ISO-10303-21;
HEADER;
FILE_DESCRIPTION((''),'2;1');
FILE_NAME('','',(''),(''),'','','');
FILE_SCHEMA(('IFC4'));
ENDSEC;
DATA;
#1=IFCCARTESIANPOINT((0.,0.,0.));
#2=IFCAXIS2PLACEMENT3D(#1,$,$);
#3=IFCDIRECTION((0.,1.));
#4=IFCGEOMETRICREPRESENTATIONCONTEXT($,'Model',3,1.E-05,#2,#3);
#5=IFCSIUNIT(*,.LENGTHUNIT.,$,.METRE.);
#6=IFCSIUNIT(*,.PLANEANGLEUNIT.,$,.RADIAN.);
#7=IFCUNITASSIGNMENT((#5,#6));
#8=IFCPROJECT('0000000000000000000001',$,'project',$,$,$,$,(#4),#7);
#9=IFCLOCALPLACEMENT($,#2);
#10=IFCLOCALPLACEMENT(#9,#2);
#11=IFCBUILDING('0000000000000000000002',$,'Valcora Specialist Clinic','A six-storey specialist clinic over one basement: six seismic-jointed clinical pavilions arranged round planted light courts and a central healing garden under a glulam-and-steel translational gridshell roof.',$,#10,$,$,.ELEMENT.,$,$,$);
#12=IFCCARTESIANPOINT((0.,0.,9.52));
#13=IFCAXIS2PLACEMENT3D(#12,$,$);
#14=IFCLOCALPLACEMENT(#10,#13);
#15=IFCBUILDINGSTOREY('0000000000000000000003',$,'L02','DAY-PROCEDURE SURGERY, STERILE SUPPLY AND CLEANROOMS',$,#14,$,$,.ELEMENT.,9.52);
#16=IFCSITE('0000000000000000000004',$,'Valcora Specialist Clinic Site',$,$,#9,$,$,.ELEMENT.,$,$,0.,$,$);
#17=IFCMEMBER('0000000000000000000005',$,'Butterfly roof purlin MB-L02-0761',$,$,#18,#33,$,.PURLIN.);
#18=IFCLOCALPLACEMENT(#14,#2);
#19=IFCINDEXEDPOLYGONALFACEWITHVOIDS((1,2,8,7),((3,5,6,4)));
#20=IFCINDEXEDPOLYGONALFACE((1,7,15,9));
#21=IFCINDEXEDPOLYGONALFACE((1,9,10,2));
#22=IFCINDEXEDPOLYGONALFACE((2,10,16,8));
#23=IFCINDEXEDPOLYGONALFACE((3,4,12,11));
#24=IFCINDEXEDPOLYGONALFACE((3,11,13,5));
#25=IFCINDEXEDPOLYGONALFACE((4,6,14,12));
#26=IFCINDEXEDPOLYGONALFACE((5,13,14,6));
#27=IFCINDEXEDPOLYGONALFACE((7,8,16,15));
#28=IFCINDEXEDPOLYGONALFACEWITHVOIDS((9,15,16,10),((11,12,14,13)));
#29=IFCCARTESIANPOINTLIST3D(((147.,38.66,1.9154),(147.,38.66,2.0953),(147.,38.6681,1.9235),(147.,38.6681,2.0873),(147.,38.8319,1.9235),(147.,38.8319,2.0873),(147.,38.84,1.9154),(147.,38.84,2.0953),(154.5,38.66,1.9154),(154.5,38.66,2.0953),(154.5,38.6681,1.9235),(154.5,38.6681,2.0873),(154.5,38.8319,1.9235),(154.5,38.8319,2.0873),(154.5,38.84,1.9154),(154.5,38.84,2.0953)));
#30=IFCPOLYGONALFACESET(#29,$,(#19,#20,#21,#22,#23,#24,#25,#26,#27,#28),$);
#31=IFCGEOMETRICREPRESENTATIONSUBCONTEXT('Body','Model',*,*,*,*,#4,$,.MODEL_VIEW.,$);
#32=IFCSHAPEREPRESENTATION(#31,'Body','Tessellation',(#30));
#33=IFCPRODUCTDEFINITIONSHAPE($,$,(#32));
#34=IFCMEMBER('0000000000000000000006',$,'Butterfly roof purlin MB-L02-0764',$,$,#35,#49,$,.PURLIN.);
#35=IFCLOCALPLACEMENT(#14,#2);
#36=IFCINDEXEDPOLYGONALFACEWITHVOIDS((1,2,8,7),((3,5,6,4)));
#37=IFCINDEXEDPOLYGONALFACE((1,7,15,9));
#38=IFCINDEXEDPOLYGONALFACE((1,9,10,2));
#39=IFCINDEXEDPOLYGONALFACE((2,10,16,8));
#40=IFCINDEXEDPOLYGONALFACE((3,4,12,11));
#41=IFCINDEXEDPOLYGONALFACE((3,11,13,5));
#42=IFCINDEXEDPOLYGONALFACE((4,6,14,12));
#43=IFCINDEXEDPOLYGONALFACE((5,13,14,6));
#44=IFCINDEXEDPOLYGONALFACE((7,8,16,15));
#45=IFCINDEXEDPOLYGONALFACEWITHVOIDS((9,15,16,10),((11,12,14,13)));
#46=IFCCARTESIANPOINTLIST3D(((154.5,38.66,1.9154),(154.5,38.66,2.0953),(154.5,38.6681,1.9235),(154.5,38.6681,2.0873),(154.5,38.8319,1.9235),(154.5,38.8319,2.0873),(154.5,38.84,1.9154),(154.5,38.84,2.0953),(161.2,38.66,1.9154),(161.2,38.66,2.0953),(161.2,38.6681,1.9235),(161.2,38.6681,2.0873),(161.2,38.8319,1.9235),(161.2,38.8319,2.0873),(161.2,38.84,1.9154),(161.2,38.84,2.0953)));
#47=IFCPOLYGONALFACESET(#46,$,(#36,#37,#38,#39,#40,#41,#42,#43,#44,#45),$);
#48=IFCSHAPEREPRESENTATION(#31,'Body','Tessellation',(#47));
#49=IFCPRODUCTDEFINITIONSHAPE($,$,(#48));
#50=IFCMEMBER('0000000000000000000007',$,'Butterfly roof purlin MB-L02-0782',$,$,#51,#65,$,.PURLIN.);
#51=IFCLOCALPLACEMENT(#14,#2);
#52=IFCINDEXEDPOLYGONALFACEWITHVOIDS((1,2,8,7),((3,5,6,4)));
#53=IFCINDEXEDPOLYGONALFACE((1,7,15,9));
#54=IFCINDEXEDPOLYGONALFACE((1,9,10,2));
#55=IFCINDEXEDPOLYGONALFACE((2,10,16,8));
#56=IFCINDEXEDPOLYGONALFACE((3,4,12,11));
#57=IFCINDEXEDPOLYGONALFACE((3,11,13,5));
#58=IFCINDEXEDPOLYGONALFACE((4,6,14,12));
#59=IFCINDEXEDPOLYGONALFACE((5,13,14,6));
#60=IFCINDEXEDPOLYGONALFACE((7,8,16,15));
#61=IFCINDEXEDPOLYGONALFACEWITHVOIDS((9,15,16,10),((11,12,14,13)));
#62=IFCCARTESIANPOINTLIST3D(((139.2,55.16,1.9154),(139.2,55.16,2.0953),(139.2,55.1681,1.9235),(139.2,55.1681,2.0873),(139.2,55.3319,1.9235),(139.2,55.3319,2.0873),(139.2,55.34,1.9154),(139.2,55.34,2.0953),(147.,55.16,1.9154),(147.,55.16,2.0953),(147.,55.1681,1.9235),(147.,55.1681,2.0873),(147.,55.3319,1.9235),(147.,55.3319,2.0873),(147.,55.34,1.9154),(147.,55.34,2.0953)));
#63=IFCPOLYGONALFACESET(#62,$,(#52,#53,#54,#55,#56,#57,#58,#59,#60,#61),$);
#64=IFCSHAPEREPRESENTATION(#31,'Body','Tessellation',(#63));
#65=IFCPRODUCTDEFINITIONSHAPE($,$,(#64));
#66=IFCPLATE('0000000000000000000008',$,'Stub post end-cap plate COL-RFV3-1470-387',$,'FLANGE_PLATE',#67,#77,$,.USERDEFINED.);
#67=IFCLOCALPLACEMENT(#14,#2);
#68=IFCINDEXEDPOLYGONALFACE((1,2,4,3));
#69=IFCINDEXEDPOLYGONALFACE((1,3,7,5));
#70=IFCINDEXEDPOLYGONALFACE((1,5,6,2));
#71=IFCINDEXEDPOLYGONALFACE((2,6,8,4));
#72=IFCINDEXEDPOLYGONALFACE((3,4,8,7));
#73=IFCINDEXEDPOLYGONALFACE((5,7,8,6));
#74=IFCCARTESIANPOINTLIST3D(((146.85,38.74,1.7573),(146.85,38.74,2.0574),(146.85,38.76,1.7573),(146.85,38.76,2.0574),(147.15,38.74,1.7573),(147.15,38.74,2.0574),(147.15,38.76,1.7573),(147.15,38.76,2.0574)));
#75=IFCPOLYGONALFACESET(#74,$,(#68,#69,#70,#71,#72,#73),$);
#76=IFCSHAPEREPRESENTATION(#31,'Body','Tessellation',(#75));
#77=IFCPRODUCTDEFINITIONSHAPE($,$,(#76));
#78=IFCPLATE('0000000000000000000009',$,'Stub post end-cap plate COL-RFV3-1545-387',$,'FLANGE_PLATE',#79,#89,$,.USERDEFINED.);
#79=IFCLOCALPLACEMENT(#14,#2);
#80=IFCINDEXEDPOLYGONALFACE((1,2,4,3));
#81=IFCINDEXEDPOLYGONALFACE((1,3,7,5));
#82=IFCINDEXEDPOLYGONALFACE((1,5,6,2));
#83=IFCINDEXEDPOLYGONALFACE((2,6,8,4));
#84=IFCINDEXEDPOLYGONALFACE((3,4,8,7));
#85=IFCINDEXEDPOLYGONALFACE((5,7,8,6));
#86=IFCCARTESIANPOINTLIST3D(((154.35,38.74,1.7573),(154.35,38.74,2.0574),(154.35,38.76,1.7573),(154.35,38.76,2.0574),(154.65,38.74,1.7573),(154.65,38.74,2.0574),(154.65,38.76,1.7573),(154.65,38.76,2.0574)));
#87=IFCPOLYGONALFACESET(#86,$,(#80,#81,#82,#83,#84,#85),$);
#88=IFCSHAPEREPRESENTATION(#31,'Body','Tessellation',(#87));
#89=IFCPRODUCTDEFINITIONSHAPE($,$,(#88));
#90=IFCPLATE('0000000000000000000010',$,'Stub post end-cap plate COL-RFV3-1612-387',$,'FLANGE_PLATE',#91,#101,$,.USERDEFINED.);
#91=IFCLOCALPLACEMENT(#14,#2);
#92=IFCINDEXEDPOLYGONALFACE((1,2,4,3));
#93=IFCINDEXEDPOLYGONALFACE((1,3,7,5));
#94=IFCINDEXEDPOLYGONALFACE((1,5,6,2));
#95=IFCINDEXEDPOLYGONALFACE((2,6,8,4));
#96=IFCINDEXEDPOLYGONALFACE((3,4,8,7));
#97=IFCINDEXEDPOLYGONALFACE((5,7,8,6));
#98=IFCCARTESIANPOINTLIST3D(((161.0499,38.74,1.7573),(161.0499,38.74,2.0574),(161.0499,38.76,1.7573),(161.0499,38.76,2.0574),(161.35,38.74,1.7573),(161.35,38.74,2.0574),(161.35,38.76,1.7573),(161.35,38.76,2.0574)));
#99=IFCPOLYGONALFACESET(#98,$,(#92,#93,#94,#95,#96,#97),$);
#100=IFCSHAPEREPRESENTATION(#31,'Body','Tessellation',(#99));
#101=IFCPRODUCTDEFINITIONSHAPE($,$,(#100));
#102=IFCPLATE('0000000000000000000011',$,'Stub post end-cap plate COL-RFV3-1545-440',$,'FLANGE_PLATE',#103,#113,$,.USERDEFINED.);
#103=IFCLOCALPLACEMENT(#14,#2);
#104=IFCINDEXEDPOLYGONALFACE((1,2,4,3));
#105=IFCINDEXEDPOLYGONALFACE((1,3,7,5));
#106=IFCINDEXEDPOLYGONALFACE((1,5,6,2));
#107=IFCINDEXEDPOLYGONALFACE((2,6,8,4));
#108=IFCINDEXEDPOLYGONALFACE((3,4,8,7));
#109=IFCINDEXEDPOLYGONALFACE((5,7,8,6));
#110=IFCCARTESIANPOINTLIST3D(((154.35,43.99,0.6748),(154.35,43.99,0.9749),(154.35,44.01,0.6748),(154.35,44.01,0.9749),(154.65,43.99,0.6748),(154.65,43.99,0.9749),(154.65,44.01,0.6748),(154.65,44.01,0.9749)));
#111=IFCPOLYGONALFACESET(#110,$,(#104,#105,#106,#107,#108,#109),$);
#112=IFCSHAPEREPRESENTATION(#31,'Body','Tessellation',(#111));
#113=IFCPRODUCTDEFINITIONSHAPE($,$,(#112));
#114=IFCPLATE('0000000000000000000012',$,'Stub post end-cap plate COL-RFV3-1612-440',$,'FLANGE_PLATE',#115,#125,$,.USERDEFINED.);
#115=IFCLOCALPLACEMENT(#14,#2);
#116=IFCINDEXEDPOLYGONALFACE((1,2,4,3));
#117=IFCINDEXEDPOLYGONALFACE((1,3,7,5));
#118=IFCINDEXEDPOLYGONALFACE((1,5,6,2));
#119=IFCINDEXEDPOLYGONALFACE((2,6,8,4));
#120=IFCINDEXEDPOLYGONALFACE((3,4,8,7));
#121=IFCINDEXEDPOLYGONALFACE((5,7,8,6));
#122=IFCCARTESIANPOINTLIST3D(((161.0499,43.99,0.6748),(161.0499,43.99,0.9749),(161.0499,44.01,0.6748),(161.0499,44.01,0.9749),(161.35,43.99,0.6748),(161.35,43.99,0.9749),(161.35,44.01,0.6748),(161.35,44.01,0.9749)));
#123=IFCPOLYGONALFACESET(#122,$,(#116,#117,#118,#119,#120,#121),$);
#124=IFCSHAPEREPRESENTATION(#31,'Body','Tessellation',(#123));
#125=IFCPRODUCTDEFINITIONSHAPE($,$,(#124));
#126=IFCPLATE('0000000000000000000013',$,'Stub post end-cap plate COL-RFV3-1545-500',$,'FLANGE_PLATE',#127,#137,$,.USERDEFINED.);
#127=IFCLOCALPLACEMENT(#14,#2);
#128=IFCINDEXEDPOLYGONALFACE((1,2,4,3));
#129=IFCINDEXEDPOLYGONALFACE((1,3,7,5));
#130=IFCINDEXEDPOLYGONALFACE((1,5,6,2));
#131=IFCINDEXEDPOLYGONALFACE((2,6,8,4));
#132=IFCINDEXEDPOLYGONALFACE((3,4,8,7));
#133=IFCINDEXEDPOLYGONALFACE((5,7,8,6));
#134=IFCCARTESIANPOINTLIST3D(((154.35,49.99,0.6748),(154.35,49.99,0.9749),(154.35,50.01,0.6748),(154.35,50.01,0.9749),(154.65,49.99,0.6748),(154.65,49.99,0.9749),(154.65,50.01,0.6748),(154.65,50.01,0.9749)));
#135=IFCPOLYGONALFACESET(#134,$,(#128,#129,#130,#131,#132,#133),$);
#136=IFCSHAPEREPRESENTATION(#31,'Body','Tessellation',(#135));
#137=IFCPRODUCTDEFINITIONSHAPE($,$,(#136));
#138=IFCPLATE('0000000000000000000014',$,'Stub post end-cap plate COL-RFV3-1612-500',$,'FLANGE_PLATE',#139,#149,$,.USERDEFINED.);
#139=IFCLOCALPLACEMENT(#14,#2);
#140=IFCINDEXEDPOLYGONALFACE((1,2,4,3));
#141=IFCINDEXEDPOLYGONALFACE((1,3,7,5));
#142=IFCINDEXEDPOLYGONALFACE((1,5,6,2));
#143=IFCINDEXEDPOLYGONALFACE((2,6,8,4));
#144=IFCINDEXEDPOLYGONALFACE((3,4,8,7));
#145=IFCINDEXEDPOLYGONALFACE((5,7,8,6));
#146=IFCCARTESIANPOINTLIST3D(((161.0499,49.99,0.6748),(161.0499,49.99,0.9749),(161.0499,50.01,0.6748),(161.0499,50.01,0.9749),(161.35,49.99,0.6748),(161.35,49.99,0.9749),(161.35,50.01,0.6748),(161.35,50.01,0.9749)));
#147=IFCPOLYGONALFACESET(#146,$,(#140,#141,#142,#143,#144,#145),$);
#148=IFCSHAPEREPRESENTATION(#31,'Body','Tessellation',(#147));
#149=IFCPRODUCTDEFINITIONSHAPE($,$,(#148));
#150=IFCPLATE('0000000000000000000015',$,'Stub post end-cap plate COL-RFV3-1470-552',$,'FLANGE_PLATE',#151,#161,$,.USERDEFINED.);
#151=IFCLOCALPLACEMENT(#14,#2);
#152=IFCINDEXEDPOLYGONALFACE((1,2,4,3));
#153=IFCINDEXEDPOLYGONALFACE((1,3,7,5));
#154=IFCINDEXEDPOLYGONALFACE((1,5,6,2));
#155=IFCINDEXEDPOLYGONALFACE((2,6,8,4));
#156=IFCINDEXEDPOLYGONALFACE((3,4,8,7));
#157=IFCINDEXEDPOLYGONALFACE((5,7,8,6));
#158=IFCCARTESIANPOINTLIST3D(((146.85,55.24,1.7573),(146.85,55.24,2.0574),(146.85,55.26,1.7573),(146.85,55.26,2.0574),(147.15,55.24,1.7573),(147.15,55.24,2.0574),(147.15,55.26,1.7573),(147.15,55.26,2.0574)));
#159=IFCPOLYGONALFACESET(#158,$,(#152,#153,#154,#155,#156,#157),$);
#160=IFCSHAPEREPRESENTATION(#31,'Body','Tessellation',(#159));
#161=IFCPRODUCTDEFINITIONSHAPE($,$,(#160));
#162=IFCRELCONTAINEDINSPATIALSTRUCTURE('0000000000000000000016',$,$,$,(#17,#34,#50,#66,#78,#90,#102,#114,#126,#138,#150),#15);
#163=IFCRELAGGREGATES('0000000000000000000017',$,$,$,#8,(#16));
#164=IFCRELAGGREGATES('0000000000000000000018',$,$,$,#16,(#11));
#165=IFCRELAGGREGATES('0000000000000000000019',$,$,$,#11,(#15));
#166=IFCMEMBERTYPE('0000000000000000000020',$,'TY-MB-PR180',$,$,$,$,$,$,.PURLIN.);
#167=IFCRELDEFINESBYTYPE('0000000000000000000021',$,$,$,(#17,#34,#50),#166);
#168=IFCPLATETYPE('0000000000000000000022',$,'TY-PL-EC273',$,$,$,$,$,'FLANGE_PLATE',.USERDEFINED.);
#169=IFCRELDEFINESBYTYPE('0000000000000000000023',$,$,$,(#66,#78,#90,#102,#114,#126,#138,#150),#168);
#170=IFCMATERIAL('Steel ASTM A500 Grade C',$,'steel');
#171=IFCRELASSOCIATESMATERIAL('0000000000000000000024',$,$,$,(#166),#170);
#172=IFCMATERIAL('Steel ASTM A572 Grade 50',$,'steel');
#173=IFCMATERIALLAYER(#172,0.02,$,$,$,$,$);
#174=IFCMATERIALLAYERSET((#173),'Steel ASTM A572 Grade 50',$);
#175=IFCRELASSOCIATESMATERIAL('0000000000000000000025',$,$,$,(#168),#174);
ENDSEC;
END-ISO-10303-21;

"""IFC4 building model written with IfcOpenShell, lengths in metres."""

from ifc_helpers import new_model, si_unit, direction, frame, origin, origin_2d, place, context, subcontext, project, spatial, rectangle, hollow_rectangle, extrude, material, layer, layer_set, material_profile, profile_set, type_object, element, save


model = new_model("IFC4")

# Units and contexts
model_context = context("Model", 3, precision=1e-05, world=origin(), true_north=direction((0.0, 1.0)))
body_context = subcontext(model_context, "Body", "Model", "MODEL_VIEW")
ifc_project = project(units=[si_unit("LENGTHUNIT", "METRE"), si_unit("PLANEANGLEUNIT", "RADIAN")], contexts=[model_context])

# Site, building, storey
site_placement = place(None, origin())
site = spatial("IfcSite", under=ifc_project, at=site_placement, Name="Valcora Specialist Clinic Site", CompositionType="ELEMENT", RefElevation=0.0)
building_placement = place(site_placement, origin())
building = spatial("IfcBuilding", under=site, at=building_placement, Name="Valcora Specialist Clinic", Description="A six-storey specialist clinic over one basement: six seismic-jointed clinical pavilions arranged round planted light courts and a central healing garden under a glulam-and-steel translational gridshell roof.", CompositionType="ELEMENT")
storey_placement = place(building_placement, frame((0.0, 0.0, 9.52)))
storey = spatial("IfcBuildingStorey", under=building, at=storey_placement, Name="L02", Description="DAY-PROCEDURE SURGERY, STERILE SUPPLY AND CLEANROOMS", CompositionType="ELEMENT", Elevation=9.52)

# Shared definitions
ifc_material_1 = material(Name="Steel ASTM A500 Grade C", Category="steel")

# Members
ifc_material_profile_1 = material_profile(ifc_material_1, hollow_rectangle(XDim=0.1799, YDim=0.1799, WallThickness=0.0081, at=origin_2d()), Name="ST-RHS-180X180X8")
ifc_profile_set_1 = profile_set([ifc_material_profile_1], Name="Steel ASTM A500 Grade C")
member_type_1 = type_object("IfcMemberType", Name="TY-MB-PR180", PredefinedType="PURLIN", material=ifc_profile_set_1)
member_1_placement = place(storey_placement, frame((147.0, 38.75, 2.0054), z_axis=(1.0, 0.0, 0.0), x_axis=(0.0, 1.0, 0.0)))
element("IfcMember", 1, at=member_1_placement, inside=storey, type_object=member_type_1, Name="Butterfly roof purlin MB-L02-0761", PredefinedType="PURLIN", context=body_context, shape_type="SweptSolid", body=[
    extrude(hollow_rectangle(XDim=0.1799, YDim=0.1799, WallThickness=0.0081, at=origin_2d()), origin(), (0.0, 0.0, 1.0), 7.5),
])
member_2_placement = place(storey_placement, frame((154.5, 38.75, 2.0054), z_axis=(1.0, 0.0, 0.0), x_axis=(0.0, 1.0, 0.0)))
element("IfcMember", 2, at=member_2_placement, inside=storey, type_object=member_type_1, Name="Butterfly roof purlin MB-L02-0764", PredefinedType="PURLIN", context=body_context, shape_type="SweptSolid", body=[
    extrude(hollow_rectangle(XDim=0.1799, YDim=0.1799, WallThickness=0.0081, at=origin_2d()), origin(), (0.0, 0.0, 1.0), 6.7),
])
member_3_placement = place(storey_placement, frame((139.2, 55.25, 2.0054), z_axis=(1.0, 0.0, 0.0), x_axis=(0.0, 1.0, 0.0)))
element("IfcMember", 3, at=member_3_placement, inside=storey, type_object=member_type_1, Name="Butterfly roof purlin MB-L02-0782", PredefinedType="PURLIN", context=body_context, shape_type="SweptSolid", body=[
    extrude(hollow_rectangle(XDim=0.1799, YDim=0.1799, WallThickness=0.0081, at=origin_2d()), origin(), (0.0, 0.0, 1.0), 7.8),
])

# Plates
ifc_material_2 = material(Name="Steel ASTM A572 Grade 50", Category="steel")
ifc_layer = layer(ifc_material_2, 0.02)
ifc_layer_set = layer_set([ifc_layer], Name="Steel ASTM A572 Grade 50")
plate_type = type_object("IfcPlateType", Name="TY-PL-EC273", ElementType="FLANGE_PLATE", PredefinedType="USERDEFINED", material=ifc_layer_set)
for number, where, z_axis, x_axis, name in (
    (4, (147.0, 38.75, 1.7573), (0.0, 0.0, 1.0), (1.0, 0.0, 0.0), "Stub post end-cap plate COL-RFV3-1470-387"),
    (5, (154.5, 38.75, 1.7573), (0.0, 0.0, 1.0), (1.0, 0.0, 0.0), "Stub post end-cap plate COL-RFV3-1545-387"),
    (6, (161.2, 38.75, 1.7573), (0.0, 0.0, 1.0), (1.0, 0.0, 0.0), "Stub post end-cap plate COL-RFV3-1612-387"),
    (7, (154.5, 44.0, 0.6748), (0.0, 0.0, 1.0), (1.0, 0.0, 0.0), "Stub post end-cap plate COL-RFV3-1545-440"),
    (8, (161.2, 44.0, 0.6748), (0.0, 0.0, 1.0), (1.0, 0.0, 0.0), "Stub post end-cap plate COL-RFV3-1612-440"),
    (9, (154.5, 50.0, 0.6748), (0.0, 0.0, 1.0), (1.0, 0.0, 0.0), "Stub post end-cap plate COL-RFV3-1545-500"),
    (10, (161.2, 50.0, 0.6748), (0.0, 0.0, 1.0), (1.0, 0.0, 0.0), "Stub post end-cap plate COL-RFV3-1612-500"),
    (11, (147.0, 55.25, 1.7573), (0.0, 0.0, 1.0), (1.0, 0.0, 0.0), "Stub post end-cap plate COL-RFV3-1470-552"),
):
    element("IfcPlate", number, at=place(storey_placement, frame(where, z_axis=z_axis, x_axis=x_axis)), inside=storey, type_object=plate_type, Name=name, ObjectType="FLANGE_PLATE", PredefinedType="USERDEFINED", context=body_context, shape_type="SweptSolid", body=[
        extrude(rectangle(XDim=0.3, YDim=0.02, at=origin_2d()), origin(), (0.0, 0.0, 1.0), 0.3),
    ])

save(model, "model.ifc")
